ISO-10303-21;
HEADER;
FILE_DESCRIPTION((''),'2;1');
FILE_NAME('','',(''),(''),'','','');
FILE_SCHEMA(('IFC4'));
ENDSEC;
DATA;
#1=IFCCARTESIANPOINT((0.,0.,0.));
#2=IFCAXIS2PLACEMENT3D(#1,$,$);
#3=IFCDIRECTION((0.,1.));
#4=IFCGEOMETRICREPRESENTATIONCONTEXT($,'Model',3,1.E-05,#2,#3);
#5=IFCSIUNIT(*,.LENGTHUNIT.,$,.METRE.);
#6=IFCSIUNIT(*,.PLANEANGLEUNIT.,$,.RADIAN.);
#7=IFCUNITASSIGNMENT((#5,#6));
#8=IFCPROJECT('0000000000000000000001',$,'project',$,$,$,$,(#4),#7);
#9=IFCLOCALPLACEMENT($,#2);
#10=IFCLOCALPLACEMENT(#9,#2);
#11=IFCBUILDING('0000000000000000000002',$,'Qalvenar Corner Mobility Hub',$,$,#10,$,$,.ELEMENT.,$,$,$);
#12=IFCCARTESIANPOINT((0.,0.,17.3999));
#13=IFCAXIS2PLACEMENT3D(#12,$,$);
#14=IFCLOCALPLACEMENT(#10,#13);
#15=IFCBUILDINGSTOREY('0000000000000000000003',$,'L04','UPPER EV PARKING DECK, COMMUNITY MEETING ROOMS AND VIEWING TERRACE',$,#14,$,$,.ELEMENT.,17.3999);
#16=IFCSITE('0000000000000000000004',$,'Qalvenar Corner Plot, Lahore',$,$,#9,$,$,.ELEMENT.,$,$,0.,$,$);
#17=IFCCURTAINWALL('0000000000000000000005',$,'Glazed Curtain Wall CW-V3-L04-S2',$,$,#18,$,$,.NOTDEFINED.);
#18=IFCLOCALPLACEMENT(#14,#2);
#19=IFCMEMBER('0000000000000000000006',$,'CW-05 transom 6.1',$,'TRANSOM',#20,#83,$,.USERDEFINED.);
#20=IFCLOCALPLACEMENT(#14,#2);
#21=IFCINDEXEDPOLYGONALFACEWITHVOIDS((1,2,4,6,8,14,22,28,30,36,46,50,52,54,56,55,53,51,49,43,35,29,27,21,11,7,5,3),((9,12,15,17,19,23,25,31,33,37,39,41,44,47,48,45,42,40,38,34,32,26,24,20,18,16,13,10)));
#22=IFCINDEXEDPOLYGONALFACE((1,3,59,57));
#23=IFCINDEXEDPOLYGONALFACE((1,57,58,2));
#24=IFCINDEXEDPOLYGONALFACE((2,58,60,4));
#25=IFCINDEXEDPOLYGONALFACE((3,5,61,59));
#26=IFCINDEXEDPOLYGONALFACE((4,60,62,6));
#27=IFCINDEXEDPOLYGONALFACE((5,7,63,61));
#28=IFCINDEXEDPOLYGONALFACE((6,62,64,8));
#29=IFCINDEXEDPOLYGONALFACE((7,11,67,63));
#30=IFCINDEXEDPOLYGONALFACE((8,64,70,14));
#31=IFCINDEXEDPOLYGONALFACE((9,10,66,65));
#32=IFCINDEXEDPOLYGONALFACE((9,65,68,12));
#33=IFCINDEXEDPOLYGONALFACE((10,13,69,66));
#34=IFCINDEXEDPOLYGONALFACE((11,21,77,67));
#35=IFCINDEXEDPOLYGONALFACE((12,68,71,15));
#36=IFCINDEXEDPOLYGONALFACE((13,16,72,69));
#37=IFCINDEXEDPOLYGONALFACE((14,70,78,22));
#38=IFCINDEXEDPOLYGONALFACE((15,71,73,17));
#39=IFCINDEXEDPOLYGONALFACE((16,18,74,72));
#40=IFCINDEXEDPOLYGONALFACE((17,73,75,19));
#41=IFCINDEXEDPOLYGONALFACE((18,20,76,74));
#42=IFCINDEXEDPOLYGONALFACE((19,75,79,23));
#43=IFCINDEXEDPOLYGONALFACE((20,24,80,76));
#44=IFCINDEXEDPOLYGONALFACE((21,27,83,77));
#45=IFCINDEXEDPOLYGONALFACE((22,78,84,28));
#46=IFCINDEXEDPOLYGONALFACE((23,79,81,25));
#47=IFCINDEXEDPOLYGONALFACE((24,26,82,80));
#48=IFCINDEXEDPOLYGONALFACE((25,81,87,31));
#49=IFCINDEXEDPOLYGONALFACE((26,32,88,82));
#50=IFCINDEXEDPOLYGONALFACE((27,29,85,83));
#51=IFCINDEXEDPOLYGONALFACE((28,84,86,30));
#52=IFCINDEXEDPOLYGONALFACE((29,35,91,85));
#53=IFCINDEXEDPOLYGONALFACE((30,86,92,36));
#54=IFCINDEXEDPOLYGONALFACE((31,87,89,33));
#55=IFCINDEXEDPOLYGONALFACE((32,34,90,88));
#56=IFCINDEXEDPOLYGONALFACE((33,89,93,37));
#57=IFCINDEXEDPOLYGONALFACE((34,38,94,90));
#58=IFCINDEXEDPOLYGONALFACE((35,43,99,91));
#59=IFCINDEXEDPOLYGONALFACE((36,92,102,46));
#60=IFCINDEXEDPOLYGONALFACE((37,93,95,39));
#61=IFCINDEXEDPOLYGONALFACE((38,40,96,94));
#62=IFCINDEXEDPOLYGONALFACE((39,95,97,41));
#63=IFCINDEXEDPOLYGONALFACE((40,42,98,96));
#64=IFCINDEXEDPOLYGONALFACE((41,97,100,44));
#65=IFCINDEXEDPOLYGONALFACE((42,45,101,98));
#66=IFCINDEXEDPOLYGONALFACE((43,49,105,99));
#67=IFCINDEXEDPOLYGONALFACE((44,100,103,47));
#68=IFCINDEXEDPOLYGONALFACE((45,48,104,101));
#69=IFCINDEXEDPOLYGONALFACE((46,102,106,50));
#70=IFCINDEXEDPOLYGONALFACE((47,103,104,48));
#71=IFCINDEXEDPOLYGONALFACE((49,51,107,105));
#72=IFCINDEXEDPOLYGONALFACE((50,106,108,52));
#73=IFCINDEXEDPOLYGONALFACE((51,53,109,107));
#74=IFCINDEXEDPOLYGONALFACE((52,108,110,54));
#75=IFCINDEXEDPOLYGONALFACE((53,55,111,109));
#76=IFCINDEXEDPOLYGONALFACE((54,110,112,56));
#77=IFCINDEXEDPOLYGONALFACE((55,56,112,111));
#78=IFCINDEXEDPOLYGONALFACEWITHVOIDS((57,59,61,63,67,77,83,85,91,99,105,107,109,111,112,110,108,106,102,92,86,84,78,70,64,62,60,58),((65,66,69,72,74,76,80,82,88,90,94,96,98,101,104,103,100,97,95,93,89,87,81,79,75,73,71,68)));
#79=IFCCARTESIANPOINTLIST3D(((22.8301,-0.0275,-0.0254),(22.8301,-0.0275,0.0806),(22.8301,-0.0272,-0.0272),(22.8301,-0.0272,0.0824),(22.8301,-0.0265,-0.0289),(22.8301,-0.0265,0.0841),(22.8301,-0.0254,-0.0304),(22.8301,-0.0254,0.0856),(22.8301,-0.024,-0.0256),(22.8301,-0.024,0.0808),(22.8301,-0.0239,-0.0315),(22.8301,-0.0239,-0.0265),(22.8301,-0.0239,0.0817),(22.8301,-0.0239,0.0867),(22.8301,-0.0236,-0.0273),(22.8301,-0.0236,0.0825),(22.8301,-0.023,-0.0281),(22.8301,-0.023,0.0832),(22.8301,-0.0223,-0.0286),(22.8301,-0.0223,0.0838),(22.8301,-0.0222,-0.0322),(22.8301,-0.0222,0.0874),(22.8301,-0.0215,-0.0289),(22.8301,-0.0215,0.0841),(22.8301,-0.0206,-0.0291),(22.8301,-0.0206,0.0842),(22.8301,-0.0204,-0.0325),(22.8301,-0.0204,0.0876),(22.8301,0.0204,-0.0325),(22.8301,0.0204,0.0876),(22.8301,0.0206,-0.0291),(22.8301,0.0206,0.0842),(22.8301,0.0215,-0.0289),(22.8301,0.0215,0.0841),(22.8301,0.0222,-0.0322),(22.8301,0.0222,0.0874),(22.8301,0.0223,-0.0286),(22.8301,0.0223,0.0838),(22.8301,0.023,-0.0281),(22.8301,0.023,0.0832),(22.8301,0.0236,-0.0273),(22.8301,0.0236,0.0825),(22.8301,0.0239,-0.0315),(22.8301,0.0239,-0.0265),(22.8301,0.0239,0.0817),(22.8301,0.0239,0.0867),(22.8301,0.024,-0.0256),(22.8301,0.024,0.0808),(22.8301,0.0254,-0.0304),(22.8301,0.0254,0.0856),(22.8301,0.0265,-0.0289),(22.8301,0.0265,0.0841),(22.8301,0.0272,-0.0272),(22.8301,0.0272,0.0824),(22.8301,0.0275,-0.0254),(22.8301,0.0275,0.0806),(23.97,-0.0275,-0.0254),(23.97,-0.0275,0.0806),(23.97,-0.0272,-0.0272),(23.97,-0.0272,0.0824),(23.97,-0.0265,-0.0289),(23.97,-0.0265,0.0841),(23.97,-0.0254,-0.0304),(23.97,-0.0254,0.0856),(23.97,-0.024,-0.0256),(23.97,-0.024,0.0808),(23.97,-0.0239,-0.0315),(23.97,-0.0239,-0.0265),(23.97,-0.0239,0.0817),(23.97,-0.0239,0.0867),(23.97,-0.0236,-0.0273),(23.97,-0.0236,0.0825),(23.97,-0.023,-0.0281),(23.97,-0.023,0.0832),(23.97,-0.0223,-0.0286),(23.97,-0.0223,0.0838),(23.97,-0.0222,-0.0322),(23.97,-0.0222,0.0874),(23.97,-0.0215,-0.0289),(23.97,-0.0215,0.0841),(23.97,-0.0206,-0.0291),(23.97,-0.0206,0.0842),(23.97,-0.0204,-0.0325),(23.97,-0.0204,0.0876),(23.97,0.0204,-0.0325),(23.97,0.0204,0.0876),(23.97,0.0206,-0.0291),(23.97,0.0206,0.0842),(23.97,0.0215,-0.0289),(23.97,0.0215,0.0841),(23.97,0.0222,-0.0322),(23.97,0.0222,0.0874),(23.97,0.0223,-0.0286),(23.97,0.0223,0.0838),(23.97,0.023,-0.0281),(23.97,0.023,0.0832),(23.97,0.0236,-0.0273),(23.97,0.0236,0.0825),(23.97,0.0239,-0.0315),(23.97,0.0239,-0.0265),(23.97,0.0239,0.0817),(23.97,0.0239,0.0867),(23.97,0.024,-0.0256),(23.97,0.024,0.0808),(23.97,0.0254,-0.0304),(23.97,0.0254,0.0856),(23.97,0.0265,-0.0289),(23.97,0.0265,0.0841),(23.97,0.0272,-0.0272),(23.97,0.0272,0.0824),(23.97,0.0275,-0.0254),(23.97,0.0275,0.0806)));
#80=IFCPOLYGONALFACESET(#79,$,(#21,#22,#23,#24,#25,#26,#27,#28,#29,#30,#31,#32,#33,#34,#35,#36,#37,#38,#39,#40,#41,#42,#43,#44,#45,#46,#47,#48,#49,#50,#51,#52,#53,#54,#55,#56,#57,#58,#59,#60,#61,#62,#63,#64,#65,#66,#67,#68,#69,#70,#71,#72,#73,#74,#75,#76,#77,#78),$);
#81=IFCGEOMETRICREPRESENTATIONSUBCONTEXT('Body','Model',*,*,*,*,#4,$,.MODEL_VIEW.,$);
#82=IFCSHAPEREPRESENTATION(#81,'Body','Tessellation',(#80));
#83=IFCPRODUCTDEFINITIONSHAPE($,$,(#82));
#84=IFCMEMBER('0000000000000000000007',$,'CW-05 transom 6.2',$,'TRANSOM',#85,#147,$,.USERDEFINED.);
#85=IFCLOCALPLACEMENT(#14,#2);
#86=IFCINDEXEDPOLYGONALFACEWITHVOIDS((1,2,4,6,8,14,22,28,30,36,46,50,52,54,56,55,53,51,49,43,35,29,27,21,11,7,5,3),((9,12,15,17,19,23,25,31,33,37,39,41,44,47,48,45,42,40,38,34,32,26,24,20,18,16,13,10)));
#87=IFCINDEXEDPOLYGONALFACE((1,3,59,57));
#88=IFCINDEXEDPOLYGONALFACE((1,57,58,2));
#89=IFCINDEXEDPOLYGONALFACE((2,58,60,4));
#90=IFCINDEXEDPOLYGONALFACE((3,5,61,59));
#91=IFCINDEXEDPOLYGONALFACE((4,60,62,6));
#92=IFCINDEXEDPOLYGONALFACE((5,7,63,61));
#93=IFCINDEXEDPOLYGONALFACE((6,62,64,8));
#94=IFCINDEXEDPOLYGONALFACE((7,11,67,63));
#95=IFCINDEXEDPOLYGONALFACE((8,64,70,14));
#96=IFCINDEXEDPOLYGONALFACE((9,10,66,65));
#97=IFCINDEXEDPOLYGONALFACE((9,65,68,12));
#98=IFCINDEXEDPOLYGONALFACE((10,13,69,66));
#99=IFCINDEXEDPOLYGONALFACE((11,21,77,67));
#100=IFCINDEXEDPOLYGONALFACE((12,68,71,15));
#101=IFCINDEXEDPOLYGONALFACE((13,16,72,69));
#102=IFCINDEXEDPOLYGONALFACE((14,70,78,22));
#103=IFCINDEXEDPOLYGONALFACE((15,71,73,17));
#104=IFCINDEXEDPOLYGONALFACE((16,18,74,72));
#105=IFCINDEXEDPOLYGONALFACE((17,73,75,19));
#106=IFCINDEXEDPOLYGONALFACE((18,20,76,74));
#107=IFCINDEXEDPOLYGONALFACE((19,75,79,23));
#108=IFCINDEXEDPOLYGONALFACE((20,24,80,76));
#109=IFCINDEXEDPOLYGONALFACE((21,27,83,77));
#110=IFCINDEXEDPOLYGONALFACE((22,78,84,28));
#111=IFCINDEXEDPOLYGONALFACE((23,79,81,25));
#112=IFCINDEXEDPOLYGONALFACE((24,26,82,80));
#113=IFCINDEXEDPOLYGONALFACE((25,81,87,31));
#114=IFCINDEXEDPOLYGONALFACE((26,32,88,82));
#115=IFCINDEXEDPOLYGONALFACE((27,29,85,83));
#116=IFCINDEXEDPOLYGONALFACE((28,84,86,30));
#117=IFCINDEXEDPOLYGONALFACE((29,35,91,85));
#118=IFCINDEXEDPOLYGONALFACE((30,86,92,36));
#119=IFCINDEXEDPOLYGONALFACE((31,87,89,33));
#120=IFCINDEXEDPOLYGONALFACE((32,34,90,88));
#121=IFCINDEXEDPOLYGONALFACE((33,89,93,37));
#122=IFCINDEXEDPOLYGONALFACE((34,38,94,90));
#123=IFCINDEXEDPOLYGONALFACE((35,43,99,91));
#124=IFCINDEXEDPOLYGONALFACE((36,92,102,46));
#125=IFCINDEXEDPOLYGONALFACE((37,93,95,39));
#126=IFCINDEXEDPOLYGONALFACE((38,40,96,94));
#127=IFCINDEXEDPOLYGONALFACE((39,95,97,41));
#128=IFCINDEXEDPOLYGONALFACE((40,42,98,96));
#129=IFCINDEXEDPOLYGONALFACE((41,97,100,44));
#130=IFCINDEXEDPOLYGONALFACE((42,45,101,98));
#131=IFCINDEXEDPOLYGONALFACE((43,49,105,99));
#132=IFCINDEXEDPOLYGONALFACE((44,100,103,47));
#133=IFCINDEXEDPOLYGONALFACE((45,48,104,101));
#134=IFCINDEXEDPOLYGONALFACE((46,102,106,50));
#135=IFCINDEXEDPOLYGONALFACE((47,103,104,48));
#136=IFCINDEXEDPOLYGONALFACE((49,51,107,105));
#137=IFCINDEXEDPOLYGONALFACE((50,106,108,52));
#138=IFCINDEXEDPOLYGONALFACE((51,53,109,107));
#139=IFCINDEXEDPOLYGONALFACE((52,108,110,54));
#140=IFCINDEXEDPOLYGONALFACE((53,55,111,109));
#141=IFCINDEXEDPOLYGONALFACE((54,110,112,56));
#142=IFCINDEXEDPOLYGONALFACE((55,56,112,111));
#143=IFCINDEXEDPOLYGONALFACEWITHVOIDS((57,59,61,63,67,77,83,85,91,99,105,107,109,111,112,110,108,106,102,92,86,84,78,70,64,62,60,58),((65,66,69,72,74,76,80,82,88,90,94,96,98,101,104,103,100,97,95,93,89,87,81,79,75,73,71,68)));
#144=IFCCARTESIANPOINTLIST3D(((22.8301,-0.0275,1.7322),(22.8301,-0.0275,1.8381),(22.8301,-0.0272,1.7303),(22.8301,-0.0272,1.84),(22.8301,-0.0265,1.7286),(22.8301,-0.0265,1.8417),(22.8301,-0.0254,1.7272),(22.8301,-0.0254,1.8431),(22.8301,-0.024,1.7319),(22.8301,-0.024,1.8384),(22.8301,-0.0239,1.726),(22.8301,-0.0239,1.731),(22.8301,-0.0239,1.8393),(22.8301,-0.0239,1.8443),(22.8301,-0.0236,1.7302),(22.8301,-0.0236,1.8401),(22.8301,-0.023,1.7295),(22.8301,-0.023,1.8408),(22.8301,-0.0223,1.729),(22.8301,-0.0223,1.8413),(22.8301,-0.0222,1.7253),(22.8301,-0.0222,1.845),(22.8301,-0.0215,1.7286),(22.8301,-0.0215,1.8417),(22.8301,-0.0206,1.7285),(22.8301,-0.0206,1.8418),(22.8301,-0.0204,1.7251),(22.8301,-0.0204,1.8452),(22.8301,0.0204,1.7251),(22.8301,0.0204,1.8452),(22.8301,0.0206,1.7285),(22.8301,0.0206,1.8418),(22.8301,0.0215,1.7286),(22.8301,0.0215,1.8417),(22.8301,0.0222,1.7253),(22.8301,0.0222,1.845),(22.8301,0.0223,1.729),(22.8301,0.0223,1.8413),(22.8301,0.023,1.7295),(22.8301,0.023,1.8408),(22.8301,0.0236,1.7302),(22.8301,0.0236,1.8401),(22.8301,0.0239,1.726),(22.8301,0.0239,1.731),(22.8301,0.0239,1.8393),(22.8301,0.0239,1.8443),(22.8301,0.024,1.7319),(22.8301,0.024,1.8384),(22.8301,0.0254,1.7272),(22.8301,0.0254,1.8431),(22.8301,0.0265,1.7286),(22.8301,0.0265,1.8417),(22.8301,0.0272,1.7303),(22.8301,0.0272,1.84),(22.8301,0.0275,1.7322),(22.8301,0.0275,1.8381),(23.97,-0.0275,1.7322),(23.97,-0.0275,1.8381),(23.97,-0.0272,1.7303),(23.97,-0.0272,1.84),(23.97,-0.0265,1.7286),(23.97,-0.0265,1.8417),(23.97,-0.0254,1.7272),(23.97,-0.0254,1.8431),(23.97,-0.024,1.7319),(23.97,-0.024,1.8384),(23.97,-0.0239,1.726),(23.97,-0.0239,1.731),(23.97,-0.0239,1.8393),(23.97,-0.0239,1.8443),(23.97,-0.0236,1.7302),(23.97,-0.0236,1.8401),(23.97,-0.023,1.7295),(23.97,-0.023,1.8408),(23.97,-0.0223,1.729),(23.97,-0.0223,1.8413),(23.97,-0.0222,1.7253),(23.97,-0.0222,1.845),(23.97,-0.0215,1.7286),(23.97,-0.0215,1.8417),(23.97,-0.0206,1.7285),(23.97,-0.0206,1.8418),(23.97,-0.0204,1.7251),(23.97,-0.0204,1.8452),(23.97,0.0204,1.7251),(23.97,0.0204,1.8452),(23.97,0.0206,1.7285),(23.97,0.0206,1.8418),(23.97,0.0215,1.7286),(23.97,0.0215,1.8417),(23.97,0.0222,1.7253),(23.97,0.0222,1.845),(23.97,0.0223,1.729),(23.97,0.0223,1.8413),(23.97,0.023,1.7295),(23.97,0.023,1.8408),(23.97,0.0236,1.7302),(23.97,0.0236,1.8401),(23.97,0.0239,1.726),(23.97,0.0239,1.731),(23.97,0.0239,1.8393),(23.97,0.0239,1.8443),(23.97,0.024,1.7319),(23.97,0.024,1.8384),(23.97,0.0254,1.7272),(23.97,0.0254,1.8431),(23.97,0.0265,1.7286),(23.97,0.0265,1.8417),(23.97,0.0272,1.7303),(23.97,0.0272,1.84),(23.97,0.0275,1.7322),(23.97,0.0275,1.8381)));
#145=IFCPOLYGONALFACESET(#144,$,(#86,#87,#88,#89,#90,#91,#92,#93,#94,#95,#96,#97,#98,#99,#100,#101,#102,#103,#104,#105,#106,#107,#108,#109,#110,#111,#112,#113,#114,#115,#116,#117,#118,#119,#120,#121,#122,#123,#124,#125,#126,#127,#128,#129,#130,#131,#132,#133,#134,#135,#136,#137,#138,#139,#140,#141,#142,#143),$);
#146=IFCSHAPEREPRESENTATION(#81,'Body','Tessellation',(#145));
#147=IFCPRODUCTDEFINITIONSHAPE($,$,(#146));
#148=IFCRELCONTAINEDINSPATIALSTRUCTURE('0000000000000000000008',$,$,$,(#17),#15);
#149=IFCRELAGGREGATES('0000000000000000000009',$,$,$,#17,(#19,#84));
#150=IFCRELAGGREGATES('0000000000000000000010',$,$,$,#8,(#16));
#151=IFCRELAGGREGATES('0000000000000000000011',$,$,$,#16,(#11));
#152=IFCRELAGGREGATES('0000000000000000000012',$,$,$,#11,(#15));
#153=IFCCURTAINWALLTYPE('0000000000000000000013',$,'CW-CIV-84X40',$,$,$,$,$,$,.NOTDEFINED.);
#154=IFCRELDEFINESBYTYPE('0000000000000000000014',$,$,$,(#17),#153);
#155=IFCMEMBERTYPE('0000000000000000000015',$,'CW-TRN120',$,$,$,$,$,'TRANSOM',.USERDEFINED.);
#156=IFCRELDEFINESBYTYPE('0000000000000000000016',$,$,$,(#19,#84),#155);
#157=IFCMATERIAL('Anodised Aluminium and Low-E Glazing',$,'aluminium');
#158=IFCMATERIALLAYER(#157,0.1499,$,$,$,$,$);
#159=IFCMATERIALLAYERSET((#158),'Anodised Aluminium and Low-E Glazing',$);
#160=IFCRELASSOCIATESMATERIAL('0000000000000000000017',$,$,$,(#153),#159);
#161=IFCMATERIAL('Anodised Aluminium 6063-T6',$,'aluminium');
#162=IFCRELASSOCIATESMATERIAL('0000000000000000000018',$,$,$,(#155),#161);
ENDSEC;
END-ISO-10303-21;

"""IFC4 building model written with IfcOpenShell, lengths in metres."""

from ifc_helpers import new_model, si_unit, direction, frame, origin, origin_2d, place, context, subcontext, project, spatial, hollow_rectangle, extrude, material, layer, layer_set, material_profile, profile_set, type_object, element, aggregate, save


model = new_model("IFC4")

# Units and contexts
model_context = context("Model", 3, precision=1e-05, world=origin(), true_north=direction((0.0, 1.0)))
body_context = subcontext(model_context, "Body", "Model", "MODEL_VIEW")
ifc_project = project(units=[si_unit("LENGTHUNIT", "METRE"), si_unit("PLANEANGLEUNIT", "RADIAN")], contexts=[model_context])

# Site, building, storey
site_placement = place(None, origin())
site = spatial("IfcSite", under=ifc_project, at=site_placement, Name="Qalvenar Corner Plot, Lahore", CompositionType="ELEMENT", RefElevation=0.0)
building_placement = place(site_placement, origin())
building = spatial("IfcBuilding", under=site, at=building_placement, Name="Qalvenar Corner Mobility Hub", CompositionType="ELEMENT")
storey_placement = place(building_placement, frame((0.0, 0.0, 17.3999)))
storey = spatial("IfcBuildingStorey", under=building, at=storey_placement, Name="L04", Description="UPPER EV PARKING DECK, COMMUNITY MEETING ROOMS AND VIEWING TERRACE", CompositionType="ELEMENT", Elevation=17.3999)

# Curtain wall, members
ifc_material_1 = material(Name="Anodised Aluminium and Low-E Glazing", Category="aluminium")
ifc_layer_1 = layer(ifc_material_1, 0.1499)
ifc_layer_set_1 = layer_set([ifc_layer_1], Name="Anodised Aluminium and Low-E Glazing")
curtain_wall_type = type_object("IfcCurtainWallType", Name="CW-CIV-84X40", PredefinedType="NOTDEFINED", material=ifc_layer_set_1)
curtain_wall_placement = place(storey_placement, origin())
curtain_wall = element("IfcCurtainWall", 1, at=curtain_wall_placement, inside=storey, type_object=curtain_wall_type, Name="Glazed Curtain Wall CW-V3-L04-S2", PredefinedType="NOTDEFINED")
ifc_material_2 = material(Name="Anodised Aluminium 6063-T6", Category="aluminium")
ifc_material_profile_1 = material_profile(ifc_material_2, hollow_rectangle(XDim=0.0549, YDim=0.1201, WallThickness=0.0034, InnerFilletRadius=0.0034, OuterFilletRadius=0.0071, at=origin_2d()), Name="RHS120x55x3.5")
ifc_profile_set_1 = profile_set([ifc_material_profile_1], Name="Anodised Aluminium 6063-T6")
member_type_1 = type_object("IfcMemberType", Name="CW-TRN120", ElementType="TRANSOM", PredefinedType="USERDEFINED", material=ifc_profile_set_1)
member_1_placement = place(storey_placement, frame((22.8301, 0.0, 0.0276), z_axis=(1.0, 0.0, 0.0), x_axis=(0.0, 1.0, 0.0)))
member_1 = element("IfcMember", 2, at=member_1_placement, type_object=member_type_1, Name="CW-05 transom 6.1", ObjectType="TRANSOM", PredefinedType="USERDEFINED", context=body_context, shape_type="SweptSolid", body=[
    extrude(hollow_rectangle(XDim=0.0549, YDim=0.1201, WallThickness=0.0034, InnerFilletRadius=0.0034, OuterFilletRadius=0.0071, at=origin_2d()), origin(), (0.0, 0.0, 1.0), 1.1399),
])
member_2_placement = place(storey_placement, frame((22.8301, 0.0, 1.7852), z_axis=(1.0, 0.0, 0.0), x_axis=(0.0, 1.0, 0.0)))
member_2 = element("IfcMember", 3, at=member_2_placement, type_object=member_type_1, Name="CW-05 transom 6.2", ObjectType="TRANSOM", PredefinedType="USERDEFINED", context=body_context, shape_type="SweptSolid", body=[
    extrude(hollow_rectangle(XDim=0.0549, YDim=0.1201, WallThickness=0.0034, InnerFilletRadius=0.0034, OuterFilletRadius=0.0071, at=origin_2d()), origin(), (0.0, 0.0, 1.0), 1.1399),
])
aggregate(curtain_wall, [member_1, member_2])

save(model, "model.ifc")
